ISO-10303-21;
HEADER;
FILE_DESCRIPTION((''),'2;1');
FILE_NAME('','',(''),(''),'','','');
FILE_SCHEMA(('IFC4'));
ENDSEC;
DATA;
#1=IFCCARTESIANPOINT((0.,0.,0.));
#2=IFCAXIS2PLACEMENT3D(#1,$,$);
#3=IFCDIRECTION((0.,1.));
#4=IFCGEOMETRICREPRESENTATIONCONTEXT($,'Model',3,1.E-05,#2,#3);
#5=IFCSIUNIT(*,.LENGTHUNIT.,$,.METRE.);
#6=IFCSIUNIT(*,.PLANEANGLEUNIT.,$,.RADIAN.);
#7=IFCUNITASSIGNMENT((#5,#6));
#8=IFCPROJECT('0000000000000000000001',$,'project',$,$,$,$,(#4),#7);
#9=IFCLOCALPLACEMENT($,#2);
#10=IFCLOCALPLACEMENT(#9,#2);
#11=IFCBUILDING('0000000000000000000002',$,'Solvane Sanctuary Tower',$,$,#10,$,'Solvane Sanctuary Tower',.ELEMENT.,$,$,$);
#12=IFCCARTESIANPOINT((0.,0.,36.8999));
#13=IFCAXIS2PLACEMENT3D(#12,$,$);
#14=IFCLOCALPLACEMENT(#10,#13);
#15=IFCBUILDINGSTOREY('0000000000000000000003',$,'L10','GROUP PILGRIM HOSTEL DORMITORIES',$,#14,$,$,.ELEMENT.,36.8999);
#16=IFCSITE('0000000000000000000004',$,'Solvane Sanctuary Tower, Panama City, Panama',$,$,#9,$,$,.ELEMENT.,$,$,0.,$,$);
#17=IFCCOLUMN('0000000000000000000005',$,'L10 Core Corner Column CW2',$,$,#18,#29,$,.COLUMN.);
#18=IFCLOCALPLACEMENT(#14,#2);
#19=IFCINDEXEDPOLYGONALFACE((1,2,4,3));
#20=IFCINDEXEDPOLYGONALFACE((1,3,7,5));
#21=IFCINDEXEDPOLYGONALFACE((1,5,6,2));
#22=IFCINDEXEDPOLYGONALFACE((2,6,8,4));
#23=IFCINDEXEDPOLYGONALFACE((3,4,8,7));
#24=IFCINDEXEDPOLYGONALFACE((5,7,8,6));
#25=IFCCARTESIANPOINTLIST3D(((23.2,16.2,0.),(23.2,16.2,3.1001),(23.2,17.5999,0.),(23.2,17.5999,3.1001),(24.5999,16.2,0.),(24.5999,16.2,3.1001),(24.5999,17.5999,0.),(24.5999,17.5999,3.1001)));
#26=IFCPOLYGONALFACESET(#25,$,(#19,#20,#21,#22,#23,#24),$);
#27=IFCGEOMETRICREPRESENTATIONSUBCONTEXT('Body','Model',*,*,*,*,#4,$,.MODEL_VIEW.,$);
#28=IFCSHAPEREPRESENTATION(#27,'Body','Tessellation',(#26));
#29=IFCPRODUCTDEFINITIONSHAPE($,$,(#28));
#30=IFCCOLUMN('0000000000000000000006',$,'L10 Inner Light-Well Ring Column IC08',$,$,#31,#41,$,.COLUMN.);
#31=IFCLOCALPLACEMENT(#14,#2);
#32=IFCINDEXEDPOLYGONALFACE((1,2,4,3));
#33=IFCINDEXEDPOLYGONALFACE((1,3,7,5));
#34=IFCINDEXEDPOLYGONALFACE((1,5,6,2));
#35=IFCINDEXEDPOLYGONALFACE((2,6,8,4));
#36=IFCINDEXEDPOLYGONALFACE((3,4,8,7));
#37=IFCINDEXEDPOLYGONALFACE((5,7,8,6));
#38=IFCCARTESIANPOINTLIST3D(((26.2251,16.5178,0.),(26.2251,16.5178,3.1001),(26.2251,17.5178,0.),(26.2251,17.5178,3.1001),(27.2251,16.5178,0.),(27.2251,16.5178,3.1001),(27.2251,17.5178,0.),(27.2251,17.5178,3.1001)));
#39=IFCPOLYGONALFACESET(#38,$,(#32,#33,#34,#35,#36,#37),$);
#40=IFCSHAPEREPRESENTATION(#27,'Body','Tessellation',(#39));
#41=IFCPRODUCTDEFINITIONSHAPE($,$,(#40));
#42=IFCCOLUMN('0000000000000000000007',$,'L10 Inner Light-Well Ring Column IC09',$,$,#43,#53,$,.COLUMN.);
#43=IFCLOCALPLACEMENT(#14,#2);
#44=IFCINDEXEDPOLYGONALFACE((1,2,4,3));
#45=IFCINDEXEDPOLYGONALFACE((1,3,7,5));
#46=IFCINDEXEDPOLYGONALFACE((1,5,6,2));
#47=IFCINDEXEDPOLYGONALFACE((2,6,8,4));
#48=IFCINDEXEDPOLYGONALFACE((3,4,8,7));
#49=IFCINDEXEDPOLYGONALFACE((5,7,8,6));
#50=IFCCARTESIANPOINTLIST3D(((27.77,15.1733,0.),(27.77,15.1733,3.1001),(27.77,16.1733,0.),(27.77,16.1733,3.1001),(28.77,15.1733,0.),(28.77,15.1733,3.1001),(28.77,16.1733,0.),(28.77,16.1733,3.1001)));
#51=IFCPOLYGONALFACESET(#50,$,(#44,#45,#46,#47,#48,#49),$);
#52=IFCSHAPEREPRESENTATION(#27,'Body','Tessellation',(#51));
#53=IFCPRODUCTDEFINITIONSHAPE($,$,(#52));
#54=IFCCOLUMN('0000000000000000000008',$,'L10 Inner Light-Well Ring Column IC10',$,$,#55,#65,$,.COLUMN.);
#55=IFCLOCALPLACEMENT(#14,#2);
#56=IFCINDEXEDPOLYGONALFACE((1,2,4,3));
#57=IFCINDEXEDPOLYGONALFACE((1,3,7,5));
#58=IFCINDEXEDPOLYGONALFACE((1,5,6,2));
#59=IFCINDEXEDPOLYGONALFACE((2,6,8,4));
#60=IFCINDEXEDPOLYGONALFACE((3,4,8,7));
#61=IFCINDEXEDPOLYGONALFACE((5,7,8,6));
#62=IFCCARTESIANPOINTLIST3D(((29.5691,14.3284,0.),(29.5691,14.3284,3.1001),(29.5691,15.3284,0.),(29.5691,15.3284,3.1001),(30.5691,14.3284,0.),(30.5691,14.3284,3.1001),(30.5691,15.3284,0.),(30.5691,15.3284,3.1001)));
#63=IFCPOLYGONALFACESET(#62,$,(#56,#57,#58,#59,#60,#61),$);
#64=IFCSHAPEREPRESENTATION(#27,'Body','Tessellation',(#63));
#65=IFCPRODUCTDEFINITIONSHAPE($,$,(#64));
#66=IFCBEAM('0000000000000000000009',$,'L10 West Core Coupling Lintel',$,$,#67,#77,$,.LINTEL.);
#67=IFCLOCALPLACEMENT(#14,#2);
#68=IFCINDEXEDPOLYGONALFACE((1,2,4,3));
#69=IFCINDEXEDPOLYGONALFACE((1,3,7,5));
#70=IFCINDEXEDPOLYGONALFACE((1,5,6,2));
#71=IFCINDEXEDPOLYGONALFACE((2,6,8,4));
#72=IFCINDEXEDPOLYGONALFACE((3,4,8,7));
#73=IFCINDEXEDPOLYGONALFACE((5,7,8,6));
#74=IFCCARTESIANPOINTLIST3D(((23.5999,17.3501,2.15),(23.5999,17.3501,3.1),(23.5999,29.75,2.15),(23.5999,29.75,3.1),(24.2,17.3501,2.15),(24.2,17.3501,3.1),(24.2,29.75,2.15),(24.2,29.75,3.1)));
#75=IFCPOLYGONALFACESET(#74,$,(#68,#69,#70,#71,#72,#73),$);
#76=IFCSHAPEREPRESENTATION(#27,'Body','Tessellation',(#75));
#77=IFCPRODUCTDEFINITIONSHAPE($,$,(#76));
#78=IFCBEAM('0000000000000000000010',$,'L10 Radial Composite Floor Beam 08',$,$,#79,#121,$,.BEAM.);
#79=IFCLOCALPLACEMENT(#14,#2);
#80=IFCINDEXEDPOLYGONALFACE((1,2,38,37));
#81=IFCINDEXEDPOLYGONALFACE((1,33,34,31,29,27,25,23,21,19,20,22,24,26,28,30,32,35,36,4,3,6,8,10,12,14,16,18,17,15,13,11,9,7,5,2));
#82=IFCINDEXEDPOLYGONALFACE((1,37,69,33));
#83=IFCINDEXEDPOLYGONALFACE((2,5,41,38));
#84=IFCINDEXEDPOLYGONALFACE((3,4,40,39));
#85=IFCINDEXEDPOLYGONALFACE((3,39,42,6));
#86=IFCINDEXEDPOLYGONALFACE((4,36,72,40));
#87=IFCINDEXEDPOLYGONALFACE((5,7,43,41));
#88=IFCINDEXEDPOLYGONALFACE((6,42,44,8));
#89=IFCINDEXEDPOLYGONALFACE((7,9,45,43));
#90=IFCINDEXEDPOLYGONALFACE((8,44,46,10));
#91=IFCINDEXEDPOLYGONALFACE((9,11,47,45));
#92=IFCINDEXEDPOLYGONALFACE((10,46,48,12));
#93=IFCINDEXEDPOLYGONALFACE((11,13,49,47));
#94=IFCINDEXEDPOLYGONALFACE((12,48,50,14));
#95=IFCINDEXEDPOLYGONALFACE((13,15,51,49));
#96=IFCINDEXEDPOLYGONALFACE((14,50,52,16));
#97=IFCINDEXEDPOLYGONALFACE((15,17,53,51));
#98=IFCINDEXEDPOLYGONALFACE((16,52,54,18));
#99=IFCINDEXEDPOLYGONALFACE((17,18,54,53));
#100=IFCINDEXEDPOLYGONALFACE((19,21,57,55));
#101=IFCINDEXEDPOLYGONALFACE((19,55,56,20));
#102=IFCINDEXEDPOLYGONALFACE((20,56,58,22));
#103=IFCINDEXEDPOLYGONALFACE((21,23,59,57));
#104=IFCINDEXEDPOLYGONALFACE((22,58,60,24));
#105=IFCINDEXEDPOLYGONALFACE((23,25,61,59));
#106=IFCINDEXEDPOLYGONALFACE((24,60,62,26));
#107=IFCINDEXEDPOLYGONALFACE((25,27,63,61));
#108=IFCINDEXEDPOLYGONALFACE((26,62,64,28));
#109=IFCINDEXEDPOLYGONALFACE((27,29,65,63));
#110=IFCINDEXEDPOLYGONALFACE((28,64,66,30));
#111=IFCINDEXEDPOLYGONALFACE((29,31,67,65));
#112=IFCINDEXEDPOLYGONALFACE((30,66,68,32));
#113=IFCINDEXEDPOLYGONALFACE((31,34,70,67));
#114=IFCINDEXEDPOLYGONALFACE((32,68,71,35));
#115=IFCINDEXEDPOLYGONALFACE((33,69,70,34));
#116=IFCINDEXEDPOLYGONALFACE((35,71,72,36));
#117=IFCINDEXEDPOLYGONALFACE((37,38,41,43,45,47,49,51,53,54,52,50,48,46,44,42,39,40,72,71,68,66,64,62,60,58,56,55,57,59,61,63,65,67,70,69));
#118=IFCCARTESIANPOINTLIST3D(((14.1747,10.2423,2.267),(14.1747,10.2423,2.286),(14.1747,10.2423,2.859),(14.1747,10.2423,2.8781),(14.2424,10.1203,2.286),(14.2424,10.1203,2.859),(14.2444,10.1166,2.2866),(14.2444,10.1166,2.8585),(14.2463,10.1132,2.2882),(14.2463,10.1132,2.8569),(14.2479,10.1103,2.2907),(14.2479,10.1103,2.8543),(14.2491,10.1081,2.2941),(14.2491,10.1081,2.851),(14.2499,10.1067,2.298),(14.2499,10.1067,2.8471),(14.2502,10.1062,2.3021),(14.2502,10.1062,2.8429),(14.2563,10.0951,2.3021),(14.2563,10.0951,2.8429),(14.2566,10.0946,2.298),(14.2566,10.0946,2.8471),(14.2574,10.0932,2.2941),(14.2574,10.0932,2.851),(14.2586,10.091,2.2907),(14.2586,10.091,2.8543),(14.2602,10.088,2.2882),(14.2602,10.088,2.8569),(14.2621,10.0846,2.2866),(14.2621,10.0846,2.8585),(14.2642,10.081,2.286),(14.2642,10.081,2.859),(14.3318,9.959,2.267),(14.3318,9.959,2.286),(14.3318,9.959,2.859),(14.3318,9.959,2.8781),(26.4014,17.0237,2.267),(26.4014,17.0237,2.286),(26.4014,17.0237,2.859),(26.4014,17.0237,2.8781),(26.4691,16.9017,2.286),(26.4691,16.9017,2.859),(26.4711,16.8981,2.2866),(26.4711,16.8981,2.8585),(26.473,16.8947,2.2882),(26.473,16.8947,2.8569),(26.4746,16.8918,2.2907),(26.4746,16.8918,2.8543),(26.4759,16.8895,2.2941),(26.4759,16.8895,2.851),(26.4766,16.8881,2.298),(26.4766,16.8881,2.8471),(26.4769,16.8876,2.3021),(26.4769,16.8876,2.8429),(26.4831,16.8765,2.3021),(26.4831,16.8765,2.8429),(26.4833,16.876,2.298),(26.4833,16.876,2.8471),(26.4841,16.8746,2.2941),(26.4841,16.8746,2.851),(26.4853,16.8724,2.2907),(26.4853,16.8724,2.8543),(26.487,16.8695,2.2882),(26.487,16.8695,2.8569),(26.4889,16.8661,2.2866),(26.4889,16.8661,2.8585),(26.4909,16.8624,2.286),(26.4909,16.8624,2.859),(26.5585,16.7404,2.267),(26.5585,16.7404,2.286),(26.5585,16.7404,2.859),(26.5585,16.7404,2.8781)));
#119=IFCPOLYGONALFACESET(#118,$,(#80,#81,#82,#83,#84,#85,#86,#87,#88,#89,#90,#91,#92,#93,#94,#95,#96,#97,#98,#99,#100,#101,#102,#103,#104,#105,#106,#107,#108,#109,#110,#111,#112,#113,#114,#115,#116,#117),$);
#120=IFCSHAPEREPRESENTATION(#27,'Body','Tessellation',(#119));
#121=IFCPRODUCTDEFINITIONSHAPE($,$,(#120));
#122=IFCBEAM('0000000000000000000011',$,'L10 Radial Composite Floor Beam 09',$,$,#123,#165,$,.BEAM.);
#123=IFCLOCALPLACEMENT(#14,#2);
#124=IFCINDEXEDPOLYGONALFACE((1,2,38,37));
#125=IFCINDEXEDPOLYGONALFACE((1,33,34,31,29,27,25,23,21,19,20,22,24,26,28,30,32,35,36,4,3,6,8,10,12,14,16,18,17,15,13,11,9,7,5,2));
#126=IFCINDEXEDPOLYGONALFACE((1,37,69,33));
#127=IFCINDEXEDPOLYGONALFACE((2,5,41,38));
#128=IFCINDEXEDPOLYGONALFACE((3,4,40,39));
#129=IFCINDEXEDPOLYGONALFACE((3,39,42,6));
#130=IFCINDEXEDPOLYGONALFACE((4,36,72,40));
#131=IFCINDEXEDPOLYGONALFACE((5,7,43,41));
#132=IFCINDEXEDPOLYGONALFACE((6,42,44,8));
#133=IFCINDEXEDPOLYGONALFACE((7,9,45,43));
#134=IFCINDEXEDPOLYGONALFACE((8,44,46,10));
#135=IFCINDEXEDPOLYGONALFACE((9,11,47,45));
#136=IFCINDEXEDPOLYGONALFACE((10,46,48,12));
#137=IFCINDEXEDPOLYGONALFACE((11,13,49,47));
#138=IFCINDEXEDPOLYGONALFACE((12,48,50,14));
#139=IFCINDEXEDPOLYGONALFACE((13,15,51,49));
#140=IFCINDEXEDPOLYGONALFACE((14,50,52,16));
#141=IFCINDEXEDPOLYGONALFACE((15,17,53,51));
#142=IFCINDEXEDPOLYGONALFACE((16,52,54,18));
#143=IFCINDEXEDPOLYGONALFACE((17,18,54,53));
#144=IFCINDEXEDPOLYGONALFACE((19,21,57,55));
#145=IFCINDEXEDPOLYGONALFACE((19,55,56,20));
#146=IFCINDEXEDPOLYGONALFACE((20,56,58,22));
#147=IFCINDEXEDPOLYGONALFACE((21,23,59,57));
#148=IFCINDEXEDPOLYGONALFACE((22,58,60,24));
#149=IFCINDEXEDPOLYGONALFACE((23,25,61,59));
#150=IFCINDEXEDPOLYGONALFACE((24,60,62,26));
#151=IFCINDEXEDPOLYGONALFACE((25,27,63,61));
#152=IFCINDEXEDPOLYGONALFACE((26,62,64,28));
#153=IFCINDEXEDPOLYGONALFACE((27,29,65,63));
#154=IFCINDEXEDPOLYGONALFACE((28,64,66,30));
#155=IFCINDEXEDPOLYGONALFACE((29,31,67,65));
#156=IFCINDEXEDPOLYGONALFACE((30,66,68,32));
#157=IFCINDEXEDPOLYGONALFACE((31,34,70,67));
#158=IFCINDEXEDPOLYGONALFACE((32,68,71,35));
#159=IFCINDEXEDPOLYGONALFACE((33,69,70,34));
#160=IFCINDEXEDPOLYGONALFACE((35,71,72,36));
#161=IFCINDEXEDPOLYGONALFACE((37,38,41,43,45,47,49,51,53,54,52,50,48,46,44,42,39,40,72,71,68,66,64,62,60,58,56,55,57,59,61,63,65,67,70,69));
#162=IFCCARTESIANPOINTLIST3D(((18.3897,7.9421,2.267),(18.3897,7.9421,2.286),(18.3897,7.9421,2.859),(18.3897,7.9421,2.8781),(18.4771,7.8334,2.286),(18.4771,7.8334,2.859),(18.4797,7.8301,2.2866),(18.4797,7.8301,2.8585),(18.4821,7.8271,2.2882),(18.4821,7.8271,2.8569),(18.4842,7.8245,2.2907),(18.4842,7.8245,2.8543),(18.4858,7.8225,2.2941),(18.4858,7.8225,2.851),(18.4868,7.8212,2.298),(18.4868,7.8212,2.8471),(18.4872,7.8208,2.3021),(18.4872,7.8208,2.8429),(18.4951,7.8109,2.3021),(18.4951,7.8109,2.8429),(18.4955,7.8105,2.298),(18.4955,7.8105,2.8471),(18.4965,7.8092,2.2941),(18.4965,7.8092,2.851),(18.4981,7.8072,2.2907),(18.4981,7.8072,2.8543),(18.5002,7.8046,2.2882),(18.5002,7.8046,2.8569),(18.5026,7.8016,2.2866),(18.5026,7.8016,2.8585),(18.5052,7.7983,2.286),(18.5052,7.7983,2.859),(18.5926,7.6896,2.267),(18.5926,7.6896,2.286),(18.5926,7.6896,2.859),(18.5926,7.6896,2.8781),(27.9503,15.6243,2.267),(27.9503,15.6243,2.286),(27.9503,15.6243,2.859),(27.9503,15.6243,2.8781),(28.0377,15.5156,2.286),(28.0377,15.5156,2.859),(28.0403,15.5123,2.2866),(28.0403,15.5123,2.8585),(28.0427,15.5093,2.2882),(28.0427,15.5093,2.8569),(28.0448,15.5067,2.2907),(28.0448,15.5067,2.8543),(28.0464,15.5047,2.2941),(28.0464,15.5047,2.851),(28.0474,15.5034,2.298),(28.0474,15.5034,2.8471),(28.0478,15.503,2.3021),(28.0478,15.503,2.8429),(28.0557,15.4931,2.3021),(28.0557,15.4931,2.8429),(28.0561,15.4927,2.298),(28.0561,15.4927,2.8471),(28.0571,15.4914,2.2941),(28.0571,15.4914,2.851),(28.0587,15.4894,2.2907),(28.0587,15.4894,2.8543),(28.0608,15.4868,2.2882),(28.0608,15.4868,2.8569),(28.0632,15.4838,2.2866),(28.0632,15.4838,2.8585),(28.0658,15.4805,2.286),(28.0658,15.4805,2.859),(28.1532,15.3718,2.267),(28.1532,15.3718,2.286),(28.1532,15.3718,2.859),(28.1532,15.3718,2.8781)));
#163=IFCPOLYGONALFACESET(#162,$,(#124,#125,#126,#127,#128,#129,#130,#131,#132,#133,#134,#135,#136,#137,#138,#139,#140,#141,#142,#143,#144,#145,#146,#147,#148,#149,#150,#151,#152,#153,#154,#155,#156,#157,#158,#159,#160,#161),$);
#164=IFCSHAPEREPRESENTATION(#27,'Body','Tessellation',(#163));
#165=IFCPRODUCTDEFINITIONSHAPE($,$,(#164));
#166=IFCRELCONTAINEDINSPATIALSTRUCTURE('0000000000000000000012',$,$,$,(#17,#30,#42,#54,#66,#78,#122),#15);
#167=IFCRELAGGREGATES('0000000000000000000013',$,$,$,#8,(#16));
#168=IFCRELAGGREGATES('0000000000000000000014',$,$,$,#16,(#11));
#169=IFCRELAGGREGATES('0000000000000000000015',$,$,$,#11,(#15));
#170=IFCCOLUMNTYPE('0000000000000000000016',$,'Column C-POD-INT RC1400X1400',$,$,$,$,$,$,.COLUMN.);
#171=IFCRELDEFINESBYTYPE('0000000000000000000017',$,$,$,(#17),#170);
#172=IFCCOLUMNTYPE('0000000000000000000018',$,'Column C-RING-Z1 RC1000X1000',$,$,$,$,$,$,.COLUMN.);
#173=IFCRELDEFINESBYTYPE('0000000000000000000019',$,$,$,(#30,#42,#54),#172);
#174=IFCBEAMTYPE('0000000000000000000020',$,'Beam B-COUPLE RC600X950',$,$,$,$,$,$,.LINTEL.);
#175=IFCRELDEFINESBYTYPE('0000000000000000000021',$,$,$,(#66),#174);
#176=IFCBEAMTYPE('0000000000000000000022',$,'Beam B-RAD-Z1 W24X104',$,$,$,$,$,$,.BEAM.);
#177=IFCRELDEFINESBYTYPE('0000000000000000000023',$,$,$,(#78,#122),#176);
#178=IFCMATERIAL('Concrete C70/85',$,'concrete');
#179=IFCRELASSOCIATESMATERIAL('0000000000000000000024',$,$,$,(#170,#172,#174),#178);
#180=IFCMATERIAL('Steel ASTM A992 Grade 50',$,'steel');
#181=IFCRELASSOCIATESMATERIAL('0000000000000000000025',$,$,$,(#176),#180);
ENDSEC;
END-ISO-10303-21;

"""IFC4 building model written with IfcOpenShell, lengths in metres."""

from ifc_helpers import new_model, si_unit, direction, frame, origin, origin_2d, place, context, subcontext, project, spatial, rectangle, i_section, extrude, material, material_profile, profile_set, type_object, element, save


model = new_model("IFC4")

# Units and contexts
model_context = context("Model", 3, precision=1e-05, world=origin(), true_north=direction((0.0, 1.0)))
body_context = subcontext(model_context, "Body", "Model", "MODEL_VIEW")
ifc_project = project(units=[si_unit("LENGTHUNIT", "METRE"), si_unit("PLANEANGLEUNIT", "RADIAN")], contexts=[model_context])

# Site, building, storey
site_placement = place(None, origin())
site = spatial("IfcSite", under=ifc_project, at=site_placement, Name="Solvane Sanctuary Tower, Panama City, Panama", CompositionType="ELEMENT", RefElevation=0.0)
building_placement = place(site_placement, origin())
building = spatial("IfcBuilding", under=site, at=building_placement, Name="Solvane Sanctuary Tower", LongName="Solvane Sanctuary Tower", CompositionType="ELEMENT")
storey_placement = place(building_placement, frame((0.0, 0.0, 36.8999)))
storey = spatial("IfcBuildingStorey", under=building, at=storey_placement, Name="L10", Description="GROUP PILGRIM HOSTEL DORMITORIES", CompositionType="ELEMENT", Elevation=36.8999)

# Columns
ifc_material_1 = material(Name="Concrete C70/85", Category="concrete")
ifc_material_profile_1 = material_profile(ifc_material_1, rectangle(XDim=1.3999, YDim=1.3999, at=origin_2d()), Name="RC1400X1400")
ifc_profile_set_1 = profile_set([ifc_material_profile_1], Name="Concrete C70/85")
column_type_1 = type_object("IfcColumnType", Name="Column C-POD-INT RC1400X1400", PredefinedType="COLUMN", material=ifc_profile_set_1)
column_placement = place(storey_placement, frame((23.8999, 16.8999, 0.0), z_axis=(0.0, 0.0, 1.0), x_axis=(1.0, 0.0, 0.0)))
element("IfcColumn", 1, at=column_placement, inside=storey, type_object=column_type_1, Name="L10 Core Corner Column CW2", PredefinedType="COLUMN", context=body_context, shape_type="SweptSolid", body=[
    extrude(rectangle(XDim=1.3999, YDim=1.3999, at=origin_2d()), origin(), (0.0, 0.0, 1.0), 3.1001),
])
ifc_material_profile_2 = material_profile(ifc_material_1, rectangle(XDim=1.0, YDim=1.0, at=origin_2d()), Name="RC1000X1000")
ifc_profile_set_2 = profile_set([ifc_material_profile_2], Name="Concrete C70/85")
column_type_2 = type_object("IfcColumnType", Name="Column C-RING-Z1 RC1000X1000", PredefinedType="COLUMN", material=ifc_profile_set_2)
for number, where, z_axis, x_axis, name in (
    (2, (26.7251, 17.0178, 0.0), (0.0, 0.0, 1.0), (1.0, 0.0, 0.0), "L10 Inner Light-Well Ring Column IC08"),
    (3, (28.27, 15.6733, 0.0), (0.0, 0.0, 1.0), (1.0, 0.0, 0.0), "L10 Inner Light-Well Ring Column IC09"),
    (4, (30.0691, 14.8284, 0.0), (0.0, 0.0, 1.0), (1.0, 0.0, 0.0), "L10 Inner Light-Well Ring Column IC10"),
):
    element("IfcColumn", number, at=place(storey_placement, frame(where, z_axis=z_axis, x_axis=x_axis)), inside=storey, type_object=column_type_2, Name=name, PredefinedType="COLUMN", context=body_context, shape_type="SweptSolid", body=[
        extrude(rectangle(XDim=1.0, YDim=1.0, at=origin_2d()), origin(), (0.0, 0.0, 1.0), 3.1001),
    ])

# Beams
ifc_material_profile_3 = material_profile(ifc_material_1, rectangle(XDim=0.6001, YDim=0.95, at=origin_2d()), Name="RC600X950")
ifc_profile_set_3 = profile_set([ifc_material_profile_3], Name="Concrete C70/85")
beam_type_1 = type_object("IfcBeamType", Name="Beam B-COUPLE RC600X950", PredefinedType="LINTEL", material=ifc_profile_set_3)
beam_1_placement = place(storey_placement, frame((23.8999, 17.3501, 2.625), z_axis=(0.0, 1.0, 0.0), x_axis=(-1.0, 0.0, 0.0)))
element("IfcBeam", 5, at=beam_1_placement, inside=storey, type_object=beam_type_1, Name="L10 West Core Coupling Lintel", PredefinedType="LINTEL", context=body_context, shape_type="SweptSolid", body=[
    extrude(rectangle(XDim=0.6001, YDim=0.95, at=origin_2d()), origin(), (0.0, 0.0, 1.0), 12.3999),
])
ifc_material_2 = material(Name="Steel ASTM A992 Grade 50", Category="steel")
ifc_material_profile_4 = material_profile(ifc_material_2, i_section(OverallWidth=0.324, OverallDepth=0.6111, WebThickness=0.0127, FlangeThickness=0.019, FilletRadius=0.0161, at=origin_2d()), Name="W24X104")
ifc_profile_set_4 = profile_set([ifc_material_profile_4], Name="Steel ASTM A992 Grade 50")
beam_type_2 = type_object("IfcBeamType", Name="Beam B-RAD-Z1 W24X104", PredefinedType="BEAM", material=ifc_profile_set_4)
beam_2_placement = place(storey_placement, frame((26.48, 16.8821, 2.5725), z_axis=(-0.874496, -0.485032, 0.0), x_axis=(0.485032, -0.874496, 0.0)))
element("IfcBeam", 6, at=beam_2_placement, inside=storey, type_object=beam_type_2, Name="L10 Radial Composite Floor Beam 08", PredefinedType="BEAM", context=body_context, shape_type="SweptSolid", body=[
    extrude(i_section(OverallWidth=0.324, OverallDepth=0.6111, WebThickness=0.0127, FlangeThickness=0.019, FilletRadius=0.0161, at=origin_2d()), origin(), (0.0, 0.0, 1.0), 13.9814),
])
beam_3_placement = place(storey_placement, frame((28.0518, 15.498, 2.5725), z_axis=(-0.779527, -0.626369, 0.0), x_axis=(0.626369, -0.779527, 0.0)))
element("IfcBeam", 7, at=beam_3_placement, inside=storey, type_object=beam_type_2, Name="L10 Radial Composite Floor Beam 09", PredefinedType="BEAM", context=body_context, shape_type="SweptSolid", body=[
    extrude(i_section(OverallWidth=0.324, OverallDepth=0.6111, WebThickness=0.0127, FlangeThickness=0.019, FilletRadius=0.0161, at=origin_2d()), origin(), (0.0, 0.0, 1.0), 12.2646),
])

save(model, "model.ifc")
